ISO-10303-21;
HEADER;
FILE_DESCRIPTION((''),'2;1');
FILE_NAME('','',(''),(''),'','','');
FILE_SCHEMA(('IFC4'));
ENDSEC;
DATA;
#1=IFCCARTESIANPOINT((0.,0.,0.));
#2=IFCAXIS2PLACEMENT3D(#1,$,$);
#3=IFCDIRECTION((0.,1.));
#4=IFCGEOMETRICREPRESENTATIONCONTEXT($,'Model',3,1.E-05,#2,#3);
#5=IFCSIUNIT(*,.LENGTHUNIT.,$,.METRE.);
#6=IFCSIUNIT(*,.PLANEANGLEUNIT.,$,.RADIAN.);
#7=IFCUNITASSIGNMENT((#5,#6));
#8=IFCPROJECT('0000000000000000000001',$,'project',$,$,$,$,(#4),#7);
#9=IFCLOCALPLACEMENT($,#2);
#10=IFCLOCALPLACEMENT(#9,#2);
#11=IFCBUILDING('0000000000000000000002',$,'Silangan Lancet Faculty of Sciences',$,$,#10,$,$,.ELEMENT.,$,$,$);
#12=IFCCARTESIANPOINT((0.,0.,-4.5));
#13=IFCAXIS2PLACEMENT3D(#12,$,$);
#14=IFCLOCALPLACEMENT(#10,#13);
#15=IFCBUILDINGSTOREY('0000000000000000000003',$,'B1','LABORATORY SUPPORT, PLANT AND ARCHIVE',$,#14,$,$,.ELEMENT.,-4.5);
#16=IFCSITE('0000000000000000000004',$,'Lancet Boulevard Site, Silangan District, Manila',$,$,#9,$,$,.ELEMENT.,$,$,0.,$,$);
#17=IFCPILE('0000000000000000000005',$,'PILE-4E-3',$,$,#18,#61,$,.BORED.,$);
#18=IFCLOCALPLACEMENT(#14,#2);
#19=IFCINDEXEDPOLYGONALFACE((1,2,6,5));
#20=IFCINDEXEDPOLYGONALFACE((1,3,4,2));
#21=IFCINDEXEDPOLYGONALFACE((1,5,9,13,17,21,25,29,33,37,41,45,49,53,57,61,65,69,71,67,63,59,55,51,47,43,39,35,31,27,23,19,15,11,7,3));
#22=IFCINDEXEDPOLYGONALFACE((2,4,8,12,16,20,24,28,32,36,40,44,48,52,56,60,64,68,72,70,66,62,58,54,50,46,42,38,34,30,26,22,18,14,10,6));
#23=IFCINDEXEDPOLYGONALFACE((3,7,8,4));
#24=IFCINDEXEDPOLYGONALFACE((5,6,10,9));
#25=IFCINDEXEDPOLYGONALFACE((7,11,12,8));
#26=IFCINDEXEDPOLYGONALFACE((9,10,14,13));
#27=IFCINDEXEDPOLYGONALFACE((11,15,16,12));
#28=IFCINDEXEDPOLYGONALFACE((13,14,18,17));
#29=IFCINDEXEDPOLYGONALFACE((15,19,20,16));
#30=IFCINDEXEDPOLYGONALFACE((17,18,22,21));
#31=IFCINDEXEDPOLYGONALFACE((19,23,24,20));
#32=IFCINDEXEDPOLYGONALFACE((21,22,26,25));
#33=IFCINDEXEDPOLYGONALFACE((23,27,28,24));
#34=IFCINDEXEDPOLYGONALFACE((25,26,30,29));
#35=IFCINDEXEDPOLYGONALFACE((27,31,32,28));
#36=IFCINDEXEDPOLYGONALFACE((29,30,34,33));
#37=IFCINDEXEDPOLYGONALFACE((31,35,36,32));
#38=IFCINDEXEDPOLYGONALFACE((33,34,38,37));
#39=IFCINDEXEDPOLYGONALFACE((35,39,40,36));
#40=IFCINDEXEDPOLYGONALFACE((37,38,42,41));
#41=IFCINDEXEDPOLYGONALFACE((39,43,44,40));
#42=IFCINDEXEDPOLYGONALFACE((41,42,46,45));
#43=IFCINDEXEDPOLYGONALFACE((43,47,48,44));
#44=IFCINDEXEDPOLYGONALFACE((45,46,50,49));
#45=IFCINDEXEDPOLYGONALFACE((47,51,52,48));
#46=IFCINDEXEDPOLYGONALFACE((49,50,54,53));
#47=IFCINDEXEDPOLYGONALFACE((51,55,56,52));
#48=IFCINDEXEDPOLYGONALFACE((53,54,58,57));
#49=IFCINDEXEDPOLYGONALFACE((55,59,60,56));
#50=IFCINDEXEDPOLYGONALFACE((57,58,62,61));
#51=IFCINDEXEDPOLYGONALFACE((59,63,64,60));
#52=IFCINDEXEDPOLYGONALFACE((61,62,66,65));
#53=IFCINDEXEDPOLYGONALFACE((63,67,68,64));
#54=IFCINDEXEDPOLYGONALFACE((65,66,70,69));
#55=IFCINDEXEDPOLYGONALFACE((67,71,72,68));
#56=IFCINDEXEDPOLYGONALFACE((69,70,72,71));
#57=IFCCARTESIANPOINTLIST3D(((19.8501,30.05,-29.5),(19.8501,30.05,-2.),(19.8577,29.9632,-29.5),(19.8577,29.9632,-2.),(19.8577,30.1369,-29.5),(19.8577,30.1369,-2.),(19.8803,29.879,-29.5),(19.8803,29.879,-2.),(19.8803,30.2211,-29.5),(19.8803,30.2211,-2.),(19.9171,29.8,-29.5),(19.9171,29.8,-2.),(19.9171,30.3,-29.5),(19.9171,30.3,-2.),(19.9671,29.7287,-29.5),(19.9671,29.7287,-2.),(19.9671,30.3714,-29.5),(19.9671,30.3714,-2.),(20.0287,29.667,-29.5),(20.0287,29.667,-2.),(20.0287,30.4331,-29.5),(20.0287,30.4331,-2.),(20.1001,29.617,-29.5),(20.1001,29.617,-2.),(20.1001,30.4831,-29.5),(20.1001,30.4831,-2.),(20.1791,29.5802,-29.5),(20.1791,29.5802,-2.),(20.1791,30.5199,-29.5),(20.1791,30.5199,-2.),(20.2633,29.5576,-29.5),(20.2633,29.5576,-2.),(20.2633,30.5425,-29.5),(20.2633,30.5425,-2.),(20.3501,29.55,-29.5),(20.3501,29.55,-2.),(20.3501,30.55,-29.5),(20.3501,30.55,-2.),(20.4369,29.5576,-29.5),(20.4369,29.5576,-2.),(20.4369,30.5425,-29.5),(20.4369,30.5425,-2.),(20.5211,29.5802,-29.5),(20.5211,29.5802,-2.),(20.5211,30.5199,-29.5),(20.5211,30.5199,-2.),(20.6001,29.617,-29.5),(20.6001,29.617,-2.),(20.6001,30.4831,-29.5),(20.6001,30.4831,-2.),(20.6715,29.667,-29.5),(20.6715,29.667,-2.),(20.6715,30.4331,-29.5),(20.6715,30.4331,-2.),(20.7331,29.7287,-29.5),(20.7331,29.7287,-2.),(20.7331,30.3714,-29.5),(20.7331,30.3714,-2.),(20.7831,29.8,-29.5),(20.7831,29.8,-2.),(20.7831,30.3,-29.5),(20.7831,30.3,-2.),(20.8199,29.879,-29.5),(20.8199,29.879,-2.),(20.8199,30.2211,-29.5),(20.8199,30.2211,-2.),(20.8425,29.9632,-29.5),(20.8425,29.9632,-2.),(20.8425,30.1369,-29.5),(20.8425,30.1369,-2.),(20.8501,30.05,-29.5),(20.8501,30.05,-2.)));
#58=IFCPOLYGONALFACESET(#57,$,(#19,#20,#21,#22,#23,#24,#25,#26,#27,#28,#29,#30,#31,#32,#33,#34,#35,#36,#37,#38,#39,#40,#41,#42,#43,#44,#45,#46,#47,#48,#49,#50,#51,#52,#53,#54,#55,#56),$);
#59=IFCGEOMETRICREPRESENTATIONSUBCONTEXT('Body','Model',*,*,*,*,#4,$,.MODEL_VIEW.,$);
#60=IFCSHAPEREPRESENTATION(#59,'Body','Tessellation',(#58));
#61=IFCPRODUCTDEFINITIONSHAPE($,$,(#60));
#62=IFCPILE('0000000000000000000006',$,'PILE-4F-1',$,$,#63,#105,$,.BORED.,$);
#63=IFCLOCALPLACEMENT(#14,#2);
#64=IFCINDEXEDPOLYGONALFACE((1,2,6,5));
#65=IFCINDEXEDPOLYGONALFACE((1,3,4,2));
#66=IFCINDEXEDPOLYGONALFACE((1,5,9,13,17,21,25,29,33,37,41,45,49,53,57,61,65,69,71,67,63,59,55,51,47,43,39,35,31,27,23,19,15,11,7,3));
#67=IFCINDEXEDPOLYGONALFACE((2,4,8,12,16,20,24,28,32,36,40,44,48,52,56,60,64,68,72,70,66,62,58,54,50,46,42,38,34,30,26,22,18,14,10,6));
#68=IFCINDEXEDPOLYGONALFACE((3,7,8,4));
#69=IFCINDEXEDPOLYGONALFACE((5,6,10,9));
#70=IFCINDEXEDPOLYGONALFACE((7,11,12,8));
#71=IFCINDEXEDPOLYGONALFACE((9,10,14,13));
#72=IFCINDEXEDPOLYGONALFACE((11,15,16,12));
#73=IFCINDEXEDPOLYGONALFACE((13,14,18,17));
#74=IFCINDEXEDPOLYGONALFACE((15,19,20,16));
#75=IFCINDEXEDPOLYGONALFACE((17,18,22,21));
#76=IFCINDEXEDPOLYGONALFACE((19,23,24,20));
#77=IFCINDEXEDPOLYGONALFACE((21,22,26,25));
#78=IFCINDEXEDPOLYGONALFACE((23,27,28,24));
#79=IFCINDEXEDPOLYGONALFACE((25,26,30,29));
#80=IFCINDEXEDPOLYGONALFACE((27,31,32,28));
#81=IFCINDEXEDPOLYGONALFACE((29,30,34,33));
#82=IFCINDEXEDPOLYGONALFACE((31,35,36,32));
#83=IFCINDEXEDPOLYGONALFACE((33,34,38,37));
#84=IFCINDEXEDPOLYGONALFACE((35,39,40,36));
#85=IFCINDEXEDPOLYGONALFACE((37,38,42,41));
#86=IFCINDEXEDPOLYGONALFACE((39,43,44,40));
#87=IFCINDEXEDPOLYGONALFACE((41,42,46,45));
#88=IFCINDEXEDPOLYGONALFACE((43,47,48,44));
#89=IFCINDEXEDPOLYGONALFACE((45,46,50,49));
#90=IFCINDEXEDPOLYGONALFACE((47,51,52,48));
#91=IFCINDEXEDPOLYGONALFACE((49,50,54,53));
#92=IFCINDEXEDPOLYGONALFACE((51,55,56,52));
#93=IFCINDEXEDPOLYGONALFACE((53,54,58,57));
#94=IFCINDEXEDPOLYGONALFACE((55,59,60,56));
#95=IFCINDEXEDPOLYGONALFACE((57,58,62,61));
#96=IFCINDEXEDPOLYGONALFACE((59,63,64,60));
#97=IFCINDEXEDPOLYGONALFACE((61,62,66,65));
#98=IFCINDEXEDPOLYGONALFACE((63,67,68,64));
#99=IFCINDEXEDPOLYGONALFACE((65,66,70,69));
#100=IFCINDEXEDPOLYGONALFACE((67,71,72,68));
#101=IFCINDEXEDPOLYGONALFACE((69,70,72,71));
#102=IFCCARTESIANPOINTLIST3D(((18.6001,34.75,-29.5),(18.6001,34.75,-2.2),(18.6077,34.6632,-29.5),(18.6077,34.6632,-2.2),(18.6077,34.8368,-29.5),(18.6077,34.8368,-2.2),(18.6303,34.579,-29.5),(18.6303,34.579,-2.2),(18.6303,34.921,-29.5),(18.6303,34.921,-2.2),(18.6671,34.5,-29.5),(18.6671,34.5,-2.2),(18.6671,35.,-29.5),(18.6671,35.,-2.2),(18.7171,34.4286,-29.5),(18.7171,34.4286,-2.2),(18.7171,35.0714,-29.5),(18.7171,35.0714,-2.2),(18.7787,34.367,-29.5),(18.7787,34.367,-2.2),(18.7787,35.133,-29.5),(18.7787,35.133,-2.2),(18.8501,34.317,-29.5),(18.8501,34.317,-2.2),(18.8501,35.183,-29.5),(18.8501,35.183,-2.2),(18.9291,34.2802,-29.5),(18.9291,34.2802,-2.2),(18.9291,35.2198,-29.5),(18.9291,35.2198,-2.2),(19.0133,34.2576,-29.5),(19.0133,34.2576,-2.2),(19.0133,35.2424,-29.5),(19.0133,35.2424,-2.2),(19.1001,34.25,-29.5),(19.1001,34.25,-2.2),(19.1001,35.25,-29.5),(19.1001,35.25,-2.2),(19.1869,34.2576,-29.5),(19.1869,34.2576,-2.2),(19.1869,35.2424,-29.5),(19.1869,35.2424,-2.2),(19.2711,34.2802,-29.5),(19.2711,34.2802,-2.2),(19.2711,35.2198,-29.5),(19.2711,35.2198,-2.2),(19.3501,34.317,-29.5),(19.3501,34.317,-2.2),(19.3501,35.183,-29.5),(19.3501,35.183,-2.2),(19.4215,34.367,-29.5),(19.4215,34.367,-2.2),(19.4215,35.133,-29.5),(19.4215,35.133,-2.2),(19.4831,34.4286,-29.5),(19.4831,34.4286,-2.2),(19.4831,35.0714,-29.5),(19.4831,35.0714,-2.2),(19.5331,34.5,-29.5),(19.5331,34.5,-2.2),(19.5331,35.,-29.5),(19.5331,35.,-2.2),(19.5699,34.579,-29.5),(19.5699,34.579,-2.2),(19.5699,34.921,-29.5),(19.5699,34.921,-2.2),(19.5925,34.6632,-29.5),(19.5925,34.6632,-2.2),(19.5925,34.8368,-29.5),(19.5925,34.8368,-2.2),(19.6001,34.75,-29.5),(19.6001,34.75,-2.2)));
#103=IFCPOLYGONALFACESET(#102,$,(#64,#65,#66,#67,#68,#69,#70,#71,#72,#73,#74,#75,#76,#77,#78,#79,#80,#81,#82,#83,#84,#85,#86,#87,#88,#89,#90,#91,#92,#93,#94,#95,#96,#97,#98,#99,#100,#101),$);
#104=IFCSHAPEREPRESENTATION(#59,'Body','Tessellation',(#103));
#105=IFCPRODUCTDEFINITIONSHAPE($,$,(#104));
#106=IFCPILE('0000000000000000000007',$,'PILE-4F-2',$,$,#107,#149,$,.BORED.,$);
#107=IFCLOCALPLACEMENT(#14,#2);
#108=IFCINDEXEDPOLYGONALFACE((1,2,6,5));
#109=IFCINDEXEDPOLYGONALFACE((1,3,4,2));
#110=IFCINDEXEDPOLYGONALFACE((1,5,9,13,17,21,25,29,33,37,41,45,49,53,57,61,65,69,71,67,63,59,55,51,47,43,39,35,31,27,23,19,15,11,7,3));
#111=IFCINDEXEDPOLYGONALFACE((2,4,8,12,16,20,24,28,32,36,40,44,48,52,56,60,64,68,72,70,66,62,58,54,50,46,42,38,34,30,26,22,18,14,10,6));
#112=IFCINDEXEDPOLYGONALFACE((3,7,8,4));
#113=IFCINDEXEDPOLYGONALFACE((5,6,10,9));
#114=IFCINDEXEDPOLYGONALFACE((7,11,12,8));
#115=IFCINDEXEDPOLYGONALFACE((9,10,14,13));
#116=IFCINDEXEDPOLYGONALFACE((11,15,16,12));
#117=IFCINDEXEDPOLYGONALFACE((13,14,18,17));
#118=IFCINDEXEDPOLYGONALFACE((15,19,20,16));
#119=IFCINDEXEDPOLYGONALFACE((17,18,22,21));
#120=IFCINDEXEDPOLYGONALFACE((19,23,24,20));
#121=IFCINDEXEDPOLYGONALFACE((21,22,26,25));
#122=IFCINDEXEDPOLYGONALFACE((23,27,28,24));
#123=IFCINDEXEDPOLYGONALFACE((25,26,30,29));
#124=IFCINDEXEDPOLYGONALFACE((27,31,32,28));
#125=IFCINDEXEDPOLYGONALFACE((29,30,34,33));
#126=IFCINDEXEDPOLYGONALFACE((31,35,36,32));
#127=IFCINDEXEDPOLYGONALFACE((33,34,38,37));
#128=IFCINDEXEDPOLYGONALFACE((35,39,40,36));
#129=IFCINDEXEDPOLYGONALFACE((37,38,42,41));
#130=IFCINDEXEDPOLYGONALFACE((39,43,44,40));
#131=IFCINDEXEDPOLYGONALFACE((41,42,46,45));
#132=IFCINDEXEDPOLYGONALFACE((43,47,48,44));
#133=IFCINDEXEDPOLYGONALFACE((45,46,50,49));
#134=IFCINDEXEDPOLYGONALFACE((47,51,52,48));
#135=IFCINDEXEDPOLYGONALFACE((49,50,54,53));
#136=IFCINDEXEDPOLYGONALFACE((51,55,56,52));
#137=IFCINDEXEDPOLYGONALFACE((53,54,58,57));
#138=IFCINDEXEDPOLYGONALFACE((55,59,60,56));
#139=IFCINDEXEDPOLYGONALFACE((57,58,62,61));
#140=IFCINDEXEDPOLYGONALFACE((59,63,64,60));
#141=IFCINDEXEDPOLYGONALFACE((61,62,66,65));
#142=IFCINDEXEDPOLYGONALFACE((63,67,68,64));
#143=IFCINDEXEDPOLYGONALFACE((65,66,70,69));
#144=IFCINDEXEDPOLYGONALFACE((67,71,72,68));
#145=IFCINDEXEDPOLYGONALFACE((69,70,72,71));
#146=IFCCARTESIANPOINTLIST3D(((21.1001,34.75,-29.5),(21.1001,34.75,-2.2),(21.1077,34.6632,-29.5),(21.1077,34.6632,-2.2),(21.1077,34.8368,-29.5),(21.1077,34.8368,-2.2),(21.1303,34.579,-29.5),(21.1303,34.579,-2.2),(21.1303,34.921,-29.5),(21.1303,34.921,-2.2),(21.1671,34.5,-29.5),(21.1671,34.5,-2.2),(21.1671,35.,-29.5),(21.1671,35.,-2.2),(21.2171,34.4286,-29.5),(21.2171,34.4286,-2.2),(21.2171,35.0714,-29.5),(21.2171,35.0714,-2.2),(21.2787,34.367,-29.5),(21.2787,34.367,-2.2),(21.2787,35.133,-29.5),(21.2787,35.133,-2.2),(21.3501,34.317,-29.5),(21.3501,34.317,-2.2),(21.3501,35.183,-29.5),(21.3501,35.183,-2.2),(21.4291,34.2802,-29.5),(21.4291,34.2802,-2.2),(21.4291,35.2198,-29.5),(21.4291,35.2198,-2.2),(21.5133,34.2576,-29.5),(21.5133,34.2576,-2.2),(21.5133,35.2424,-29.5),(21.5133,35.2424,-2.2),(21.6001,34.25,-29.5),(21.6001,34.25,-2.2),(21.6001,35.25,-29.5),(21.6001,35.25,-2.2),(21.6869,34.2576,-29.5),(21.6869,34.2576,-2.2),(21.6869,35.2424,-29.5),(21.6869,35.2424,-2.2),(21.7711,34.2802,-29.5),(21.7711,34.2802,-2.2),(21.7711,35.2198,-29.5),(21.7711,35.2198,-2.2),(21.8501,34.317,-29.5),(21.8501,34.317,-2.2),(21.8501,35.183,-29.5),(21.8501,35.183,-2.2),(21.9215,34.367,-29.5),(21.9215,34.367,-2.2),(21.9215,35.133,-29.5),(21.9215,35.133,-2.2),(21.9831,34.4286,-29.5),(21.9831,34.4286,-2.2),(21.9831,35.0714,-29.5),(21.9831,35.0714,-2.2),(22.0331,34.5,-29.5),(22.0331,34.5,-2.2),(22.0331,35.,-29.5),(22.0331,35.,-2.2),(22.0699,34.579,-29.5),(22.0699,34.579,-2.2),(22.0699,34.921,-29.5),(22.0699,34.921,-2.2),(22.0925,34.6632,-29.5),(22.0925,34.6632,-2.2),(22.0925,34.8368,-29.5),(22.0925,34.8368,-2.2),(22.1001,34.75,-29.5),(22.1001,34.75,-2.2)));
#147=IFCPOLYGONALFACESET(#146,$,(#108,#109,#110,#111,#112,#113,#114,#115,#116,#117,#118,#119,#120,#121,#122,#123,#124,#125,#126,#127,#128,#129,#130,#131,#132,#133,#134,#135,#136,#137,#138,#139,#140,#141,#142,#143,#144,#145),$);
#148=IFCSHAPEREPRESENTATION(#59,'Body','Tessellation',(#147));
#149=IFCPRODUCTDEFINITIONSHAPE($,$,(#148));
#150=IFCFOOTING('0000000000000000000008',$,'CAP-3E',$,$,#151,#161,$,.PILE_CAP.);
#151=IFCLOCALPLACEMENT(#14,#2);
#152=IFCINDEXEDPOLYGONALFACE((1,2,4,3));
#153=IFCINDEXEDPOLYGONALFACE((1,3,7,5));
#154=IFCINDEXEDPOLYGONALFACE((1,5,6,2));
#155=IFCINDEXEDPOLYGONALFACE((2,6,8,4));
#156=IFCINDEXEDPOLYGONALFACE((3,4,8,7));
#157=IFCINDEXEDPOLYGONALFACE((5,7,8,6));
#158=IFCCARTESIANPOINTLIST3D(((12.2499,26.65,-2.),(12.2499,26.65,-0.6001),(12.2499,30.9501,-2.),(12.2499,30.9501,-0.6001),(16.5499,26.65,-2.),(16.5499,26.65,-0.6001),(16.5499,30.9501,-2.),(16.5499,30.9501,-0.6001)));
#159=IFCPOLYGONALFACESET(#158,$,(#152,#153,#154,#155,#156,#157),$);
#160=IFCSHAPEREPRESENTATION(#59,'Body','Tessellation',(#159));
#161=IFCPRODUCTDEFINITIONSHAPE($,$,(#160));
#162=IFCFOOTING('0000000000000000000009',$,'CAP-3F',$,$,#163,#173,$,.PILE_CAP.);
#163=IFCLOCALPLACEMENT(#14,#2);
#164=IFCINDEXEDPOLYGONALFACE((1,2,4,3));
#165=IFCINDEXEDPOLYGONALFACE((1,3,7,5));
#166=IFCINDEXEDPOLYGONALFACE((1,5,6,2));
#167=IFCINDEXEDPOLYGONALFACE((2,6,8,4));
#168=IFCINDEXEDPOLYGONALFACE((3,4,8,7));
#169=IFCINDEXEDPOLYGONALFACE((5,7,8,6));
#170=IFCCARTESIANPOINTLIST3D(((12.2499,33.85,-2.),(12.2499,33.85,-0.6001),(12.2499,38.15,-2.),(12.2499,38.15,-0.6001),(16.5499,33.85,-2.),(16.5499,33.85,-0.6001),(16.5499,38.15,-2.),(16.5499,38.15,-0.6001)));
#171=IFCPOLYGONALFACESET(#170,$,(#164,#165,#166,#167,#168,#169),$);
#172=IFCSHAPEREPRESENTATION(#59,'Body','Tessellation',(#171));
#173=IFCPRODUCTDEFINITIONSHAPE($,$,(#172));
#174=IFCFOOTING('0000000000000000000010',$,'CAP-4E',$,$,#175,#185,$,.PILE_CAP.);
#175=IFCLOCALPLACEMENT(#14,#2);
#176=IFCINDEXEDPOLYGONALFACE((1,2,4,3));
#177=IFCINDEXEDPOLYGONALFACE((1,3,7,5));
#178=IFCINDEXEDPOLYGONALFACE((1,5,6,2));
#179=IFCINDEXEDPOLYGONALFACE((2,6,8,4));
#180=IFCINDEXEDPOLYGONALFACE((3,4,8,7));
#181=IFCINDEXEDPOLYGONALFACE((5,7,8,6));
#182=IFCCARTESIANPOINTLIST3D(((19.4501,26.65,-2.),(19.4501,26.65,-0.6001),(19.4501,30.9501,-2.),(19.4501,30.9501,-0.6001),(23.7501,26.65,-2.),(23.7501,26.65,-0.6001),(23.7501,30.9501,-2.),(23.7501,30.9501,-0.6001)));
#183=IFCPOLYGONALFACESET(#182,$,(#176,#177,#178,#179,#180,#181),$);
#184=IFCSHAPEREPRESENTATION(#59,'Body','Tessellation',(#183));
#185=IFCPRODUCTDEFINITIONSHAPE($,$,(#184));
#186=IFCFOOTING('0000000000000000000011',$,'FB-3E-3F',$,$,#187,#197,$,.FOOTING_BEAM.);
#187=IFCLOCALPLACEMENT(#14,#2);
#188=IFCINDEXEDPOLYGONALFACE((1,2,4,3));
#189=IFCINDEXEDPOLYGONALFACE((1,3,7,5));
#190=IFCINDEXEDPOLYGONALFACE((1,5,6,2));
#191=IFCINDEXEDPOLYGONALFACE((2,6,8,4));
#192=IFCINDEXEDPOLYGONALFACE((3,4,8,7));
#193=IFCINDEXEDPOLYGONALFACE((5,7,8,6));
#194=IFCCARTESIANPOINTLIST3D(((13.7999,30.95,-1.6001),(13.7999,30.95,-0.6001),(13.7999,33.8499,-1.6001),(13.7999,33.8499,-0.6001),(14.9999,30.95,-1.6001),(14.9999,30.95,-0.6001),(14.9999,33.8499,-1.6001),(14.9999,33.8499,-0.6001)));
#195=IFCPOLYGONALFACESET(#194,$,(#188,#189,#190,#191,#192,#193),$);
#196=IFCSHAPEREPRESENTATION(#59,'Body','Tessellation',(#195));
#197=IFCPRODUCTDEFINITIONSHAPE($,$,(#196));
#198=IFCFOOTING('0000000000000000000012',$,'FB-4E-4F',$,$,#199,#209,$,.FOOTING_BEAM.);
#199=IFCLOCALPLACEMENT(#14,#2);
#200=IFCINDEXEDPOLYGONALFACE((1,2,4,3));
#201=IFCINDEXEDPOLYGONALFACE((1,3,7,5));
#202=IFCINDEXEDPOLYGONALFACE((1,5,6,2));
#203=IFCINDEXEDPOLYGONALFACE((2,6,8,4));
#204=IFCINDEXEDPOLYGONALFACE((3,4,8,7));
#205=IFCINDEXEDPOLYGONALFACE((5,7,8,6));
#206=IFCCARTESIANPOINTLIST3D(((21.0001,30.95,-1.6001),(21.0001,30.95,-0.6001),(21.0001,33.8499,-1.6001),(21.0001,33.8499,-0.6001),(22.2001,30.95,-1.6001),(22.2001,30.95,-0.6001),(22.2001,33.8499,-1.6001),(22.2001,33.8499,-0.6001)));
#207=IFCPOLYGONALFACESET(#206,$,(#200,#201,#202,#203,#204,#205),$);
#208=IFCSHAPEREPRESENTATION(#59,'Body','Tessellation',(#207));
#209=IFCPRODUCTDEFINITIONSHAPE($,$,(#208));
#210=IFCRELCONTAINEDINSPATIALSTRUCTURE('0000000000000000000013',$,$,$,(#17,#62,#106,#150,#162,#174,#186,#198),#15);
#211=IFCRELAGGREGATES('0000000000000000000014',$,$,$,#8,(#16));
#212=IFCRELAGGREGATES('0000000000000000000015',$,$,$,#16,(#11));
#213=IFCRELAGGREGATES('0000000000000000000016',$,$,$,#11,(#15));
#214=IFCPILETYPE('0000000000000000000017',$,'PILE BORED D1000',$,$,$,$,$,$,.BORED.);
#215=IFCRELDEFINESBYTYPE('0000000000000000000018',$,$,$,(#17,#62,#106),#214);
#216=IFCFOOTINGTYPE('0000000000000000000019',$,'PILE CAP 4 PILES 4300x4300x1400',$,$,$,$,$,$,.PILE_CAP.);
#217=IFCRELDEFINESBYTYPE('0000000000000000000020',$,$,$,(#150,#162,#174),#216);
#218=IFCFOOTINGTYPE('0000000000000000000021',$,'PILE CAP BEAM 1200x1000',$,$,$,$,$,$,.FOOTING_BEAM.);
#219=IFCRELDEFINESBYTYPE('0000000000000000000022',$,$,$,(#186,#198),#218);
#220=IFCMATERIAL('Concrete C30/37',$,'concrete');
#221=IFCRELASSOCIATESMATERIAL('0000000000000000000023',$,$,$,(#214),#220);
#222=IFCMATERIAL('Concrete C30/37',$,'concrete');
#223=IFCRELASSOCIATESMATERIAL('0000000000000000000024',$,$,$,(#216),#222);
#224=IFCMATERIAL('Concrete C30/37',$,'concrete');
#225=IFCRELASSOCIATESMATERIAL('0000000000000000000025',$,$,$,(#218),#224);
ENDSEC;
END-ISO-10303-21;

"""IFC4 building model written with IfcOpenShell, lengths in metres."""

from ifc_helpers import new_model, si_unit, direction, frame, origin, origin_2d, place, context, subcontext, project, spatial, rectangle, circle, extrude, material, material_profile, profile_set, type_object, element, save


model = new_model("IFC4")

# Units and contexts
model_context = context("Model", 3, precision=1e-05, world=origin(), true_north=direction((0.0, 1.0)))
body_context = subcontext(model_context, "Body", "Model", "MODEL_VIEW")
ifc_project = project(units=[si_unit("LENGTHUNIT", "METRE"), si_unit("PLANEANGLEUNIT", "RADIAN")], contexts=[model_context])

# Site, building, storey
site_placement = place(None, origin())
site = spatial("IfcSite", under=ifc_project, at=site_placement, Name="Lancet Boulevard Site, Silangan District, Manila", CompositionType="ELEMENT", RefElevation=0.0)
building_placement = place(site_placement, origin())
building = spatial("IfcBuilding", under=site, at=building_placement, Name="Silangan Lancet Faculty of Sciences", CompositionType="ELEMENT")
storey_placement = place(building_placement, frame((0.0, 0.0, -4.5)))
storey = spatial("IfcBuildingStorey", under=building, at=storey_placement, Name="B1", Description="LABORATORY SUPPORT, PLANT AND ARCHIVE", CompositionType="ELEMENT", Elevation=-4.5)

# Piles
ifc_material_1 = material(Name="Concrete C30/37", Category="concrete")
ifc_material_profile_1 = material_profile(ifc_material_1, circle(Radius=0.5, at=origin_2d()), Name="BORED PILE D1000")
ifc_profile_set_1 = profile_set([ifc_material_profile_1], Name="Concrete C30/37")
pile_type = type_object("IfcPileType", Name="PILE BORED D1000", PredefinedType="BORED", material=ifc_profile_set_1)
for number, where, z_axis, x_axis, name in (
    (1, (20.3501, 30.05, -2.0), (0.0, 0.0, -1.0), (1.0, 0.0, 0.0), "PILE-4E-3"),
):
    element("IfcPile", number, at=place(storey_placement, frame(where, z_axis=z_axis, x_axis=x_axis)), inside=storey, type_object=pile_type, Name=name, PredefinedType="BORED", context=body_context, shape_type="SweptSolid", body=[
        extrude(circle(Radius=0.5, at=origin_2d()), origin(), (0.0, 0.0, 1.0), 27.5),
    ])
for number, where, z_axis, x_axis, name in (
    (2, (19.1001, 34.75, -2.2), (0.0, 0.0, -1.0), (1.0, 0.0, 0.0), "PILE-4F-1"),
    (3, (21.6001, 34.75, -2.2), (0.0, 0.0, -1.0), (1.0, 0.0, 0.0), "PILE-4F-2"),
):
    element("IfcPile", number, at=place(storey_placement, frame(where, z_axis=z_axis, x_axis=x_axis)), inside=storey, type_object=pile_type, Name=name, PredefinedType="BORED", context=body_context, shape_type="SweptSolid", body=[
        extrude(circle(Radius=0.5, at=origin_2d()), origin(), (0.0, 0.0, 1.0), 27.3),
    ])

# Footings
ifc_material_2 = material(Name="Concrete C30/37", Category="concrete")
footing_type_1 = type_object("IfcFootingType", Name="PILE CAP 4 PILES 4300x4300x1400", PredefinedType="PILE_CAP", material=ifc_material_2)
for number, where, z_axis, x_axis, name in (
    (4, (14.3999, 28.8, -2.0), (0.0, 0.0, 1.0), (1.0, 0.0, 0.0), "CAP-3E"),
    (5, (14.3999, 36.0, -2.0), (0.0, 0.0, 1.0), (1.0, 0.0, 0.0), "CAP-3F"),
    (6, (21.6001, 28.8, -2.0), (0.0, 0.0, 1.0), (1.0, 0.0, 0.0), "CAP-4E"),
):
    element("IfcFooting", number, at=place(storey_placement, frame(where, z_axis=z_axis, x_axis=x_axis)), inside=storey, type_object=footing_type_1, Name=name, PredefinedType="PILE_CAP", context=body_context, shape_type="SweptSolid", body=[
        extrude(rectangle(XDim=4.3, YDim=4.3, at=origin_2d()), origin(), (0.0, 0.0, 1.0), 1.3999),
    ])
ifc_material_3 = material(Name="Concrete C30/37", Category="concrete")
footing_type_2 = type_object("IfcFootingType", Name="PILE CAP BEAM 1200x1000", PredefinedType="FOOTING_BEAM", material=ifc_material_3)
for number, where, z_axis, x_axis, name in (
    (7, (14.3999, 32.3999, -1.6001), (0.0, 0.0, 1.0), (0.0, 1.0, 0.0), "FB-3E-3F"),
    (8, (21.6001, 32.3999, -1.6001), (0.0, 0.0, 1.0), (0.0, 1.0, 0.0), "FB-4E-4F"),
):
    element("IfcFooting", number, at=place(storey_placement, frame(where, z_axis=z_axis, x_axis=x_axis)), inside=storey, type_object=footing_type_2, Name=name, PredefinedType="FOOTING_BEAM", context=body_context, shape_type="SweptSolid", body=[
        extrude(rectangle(XDim=2.8999, YDim=1.2, at=origin_2d()), origin(), (0.0, 0.0, 1.0), 1.0),
    ])

save(model, "model.ifc")
